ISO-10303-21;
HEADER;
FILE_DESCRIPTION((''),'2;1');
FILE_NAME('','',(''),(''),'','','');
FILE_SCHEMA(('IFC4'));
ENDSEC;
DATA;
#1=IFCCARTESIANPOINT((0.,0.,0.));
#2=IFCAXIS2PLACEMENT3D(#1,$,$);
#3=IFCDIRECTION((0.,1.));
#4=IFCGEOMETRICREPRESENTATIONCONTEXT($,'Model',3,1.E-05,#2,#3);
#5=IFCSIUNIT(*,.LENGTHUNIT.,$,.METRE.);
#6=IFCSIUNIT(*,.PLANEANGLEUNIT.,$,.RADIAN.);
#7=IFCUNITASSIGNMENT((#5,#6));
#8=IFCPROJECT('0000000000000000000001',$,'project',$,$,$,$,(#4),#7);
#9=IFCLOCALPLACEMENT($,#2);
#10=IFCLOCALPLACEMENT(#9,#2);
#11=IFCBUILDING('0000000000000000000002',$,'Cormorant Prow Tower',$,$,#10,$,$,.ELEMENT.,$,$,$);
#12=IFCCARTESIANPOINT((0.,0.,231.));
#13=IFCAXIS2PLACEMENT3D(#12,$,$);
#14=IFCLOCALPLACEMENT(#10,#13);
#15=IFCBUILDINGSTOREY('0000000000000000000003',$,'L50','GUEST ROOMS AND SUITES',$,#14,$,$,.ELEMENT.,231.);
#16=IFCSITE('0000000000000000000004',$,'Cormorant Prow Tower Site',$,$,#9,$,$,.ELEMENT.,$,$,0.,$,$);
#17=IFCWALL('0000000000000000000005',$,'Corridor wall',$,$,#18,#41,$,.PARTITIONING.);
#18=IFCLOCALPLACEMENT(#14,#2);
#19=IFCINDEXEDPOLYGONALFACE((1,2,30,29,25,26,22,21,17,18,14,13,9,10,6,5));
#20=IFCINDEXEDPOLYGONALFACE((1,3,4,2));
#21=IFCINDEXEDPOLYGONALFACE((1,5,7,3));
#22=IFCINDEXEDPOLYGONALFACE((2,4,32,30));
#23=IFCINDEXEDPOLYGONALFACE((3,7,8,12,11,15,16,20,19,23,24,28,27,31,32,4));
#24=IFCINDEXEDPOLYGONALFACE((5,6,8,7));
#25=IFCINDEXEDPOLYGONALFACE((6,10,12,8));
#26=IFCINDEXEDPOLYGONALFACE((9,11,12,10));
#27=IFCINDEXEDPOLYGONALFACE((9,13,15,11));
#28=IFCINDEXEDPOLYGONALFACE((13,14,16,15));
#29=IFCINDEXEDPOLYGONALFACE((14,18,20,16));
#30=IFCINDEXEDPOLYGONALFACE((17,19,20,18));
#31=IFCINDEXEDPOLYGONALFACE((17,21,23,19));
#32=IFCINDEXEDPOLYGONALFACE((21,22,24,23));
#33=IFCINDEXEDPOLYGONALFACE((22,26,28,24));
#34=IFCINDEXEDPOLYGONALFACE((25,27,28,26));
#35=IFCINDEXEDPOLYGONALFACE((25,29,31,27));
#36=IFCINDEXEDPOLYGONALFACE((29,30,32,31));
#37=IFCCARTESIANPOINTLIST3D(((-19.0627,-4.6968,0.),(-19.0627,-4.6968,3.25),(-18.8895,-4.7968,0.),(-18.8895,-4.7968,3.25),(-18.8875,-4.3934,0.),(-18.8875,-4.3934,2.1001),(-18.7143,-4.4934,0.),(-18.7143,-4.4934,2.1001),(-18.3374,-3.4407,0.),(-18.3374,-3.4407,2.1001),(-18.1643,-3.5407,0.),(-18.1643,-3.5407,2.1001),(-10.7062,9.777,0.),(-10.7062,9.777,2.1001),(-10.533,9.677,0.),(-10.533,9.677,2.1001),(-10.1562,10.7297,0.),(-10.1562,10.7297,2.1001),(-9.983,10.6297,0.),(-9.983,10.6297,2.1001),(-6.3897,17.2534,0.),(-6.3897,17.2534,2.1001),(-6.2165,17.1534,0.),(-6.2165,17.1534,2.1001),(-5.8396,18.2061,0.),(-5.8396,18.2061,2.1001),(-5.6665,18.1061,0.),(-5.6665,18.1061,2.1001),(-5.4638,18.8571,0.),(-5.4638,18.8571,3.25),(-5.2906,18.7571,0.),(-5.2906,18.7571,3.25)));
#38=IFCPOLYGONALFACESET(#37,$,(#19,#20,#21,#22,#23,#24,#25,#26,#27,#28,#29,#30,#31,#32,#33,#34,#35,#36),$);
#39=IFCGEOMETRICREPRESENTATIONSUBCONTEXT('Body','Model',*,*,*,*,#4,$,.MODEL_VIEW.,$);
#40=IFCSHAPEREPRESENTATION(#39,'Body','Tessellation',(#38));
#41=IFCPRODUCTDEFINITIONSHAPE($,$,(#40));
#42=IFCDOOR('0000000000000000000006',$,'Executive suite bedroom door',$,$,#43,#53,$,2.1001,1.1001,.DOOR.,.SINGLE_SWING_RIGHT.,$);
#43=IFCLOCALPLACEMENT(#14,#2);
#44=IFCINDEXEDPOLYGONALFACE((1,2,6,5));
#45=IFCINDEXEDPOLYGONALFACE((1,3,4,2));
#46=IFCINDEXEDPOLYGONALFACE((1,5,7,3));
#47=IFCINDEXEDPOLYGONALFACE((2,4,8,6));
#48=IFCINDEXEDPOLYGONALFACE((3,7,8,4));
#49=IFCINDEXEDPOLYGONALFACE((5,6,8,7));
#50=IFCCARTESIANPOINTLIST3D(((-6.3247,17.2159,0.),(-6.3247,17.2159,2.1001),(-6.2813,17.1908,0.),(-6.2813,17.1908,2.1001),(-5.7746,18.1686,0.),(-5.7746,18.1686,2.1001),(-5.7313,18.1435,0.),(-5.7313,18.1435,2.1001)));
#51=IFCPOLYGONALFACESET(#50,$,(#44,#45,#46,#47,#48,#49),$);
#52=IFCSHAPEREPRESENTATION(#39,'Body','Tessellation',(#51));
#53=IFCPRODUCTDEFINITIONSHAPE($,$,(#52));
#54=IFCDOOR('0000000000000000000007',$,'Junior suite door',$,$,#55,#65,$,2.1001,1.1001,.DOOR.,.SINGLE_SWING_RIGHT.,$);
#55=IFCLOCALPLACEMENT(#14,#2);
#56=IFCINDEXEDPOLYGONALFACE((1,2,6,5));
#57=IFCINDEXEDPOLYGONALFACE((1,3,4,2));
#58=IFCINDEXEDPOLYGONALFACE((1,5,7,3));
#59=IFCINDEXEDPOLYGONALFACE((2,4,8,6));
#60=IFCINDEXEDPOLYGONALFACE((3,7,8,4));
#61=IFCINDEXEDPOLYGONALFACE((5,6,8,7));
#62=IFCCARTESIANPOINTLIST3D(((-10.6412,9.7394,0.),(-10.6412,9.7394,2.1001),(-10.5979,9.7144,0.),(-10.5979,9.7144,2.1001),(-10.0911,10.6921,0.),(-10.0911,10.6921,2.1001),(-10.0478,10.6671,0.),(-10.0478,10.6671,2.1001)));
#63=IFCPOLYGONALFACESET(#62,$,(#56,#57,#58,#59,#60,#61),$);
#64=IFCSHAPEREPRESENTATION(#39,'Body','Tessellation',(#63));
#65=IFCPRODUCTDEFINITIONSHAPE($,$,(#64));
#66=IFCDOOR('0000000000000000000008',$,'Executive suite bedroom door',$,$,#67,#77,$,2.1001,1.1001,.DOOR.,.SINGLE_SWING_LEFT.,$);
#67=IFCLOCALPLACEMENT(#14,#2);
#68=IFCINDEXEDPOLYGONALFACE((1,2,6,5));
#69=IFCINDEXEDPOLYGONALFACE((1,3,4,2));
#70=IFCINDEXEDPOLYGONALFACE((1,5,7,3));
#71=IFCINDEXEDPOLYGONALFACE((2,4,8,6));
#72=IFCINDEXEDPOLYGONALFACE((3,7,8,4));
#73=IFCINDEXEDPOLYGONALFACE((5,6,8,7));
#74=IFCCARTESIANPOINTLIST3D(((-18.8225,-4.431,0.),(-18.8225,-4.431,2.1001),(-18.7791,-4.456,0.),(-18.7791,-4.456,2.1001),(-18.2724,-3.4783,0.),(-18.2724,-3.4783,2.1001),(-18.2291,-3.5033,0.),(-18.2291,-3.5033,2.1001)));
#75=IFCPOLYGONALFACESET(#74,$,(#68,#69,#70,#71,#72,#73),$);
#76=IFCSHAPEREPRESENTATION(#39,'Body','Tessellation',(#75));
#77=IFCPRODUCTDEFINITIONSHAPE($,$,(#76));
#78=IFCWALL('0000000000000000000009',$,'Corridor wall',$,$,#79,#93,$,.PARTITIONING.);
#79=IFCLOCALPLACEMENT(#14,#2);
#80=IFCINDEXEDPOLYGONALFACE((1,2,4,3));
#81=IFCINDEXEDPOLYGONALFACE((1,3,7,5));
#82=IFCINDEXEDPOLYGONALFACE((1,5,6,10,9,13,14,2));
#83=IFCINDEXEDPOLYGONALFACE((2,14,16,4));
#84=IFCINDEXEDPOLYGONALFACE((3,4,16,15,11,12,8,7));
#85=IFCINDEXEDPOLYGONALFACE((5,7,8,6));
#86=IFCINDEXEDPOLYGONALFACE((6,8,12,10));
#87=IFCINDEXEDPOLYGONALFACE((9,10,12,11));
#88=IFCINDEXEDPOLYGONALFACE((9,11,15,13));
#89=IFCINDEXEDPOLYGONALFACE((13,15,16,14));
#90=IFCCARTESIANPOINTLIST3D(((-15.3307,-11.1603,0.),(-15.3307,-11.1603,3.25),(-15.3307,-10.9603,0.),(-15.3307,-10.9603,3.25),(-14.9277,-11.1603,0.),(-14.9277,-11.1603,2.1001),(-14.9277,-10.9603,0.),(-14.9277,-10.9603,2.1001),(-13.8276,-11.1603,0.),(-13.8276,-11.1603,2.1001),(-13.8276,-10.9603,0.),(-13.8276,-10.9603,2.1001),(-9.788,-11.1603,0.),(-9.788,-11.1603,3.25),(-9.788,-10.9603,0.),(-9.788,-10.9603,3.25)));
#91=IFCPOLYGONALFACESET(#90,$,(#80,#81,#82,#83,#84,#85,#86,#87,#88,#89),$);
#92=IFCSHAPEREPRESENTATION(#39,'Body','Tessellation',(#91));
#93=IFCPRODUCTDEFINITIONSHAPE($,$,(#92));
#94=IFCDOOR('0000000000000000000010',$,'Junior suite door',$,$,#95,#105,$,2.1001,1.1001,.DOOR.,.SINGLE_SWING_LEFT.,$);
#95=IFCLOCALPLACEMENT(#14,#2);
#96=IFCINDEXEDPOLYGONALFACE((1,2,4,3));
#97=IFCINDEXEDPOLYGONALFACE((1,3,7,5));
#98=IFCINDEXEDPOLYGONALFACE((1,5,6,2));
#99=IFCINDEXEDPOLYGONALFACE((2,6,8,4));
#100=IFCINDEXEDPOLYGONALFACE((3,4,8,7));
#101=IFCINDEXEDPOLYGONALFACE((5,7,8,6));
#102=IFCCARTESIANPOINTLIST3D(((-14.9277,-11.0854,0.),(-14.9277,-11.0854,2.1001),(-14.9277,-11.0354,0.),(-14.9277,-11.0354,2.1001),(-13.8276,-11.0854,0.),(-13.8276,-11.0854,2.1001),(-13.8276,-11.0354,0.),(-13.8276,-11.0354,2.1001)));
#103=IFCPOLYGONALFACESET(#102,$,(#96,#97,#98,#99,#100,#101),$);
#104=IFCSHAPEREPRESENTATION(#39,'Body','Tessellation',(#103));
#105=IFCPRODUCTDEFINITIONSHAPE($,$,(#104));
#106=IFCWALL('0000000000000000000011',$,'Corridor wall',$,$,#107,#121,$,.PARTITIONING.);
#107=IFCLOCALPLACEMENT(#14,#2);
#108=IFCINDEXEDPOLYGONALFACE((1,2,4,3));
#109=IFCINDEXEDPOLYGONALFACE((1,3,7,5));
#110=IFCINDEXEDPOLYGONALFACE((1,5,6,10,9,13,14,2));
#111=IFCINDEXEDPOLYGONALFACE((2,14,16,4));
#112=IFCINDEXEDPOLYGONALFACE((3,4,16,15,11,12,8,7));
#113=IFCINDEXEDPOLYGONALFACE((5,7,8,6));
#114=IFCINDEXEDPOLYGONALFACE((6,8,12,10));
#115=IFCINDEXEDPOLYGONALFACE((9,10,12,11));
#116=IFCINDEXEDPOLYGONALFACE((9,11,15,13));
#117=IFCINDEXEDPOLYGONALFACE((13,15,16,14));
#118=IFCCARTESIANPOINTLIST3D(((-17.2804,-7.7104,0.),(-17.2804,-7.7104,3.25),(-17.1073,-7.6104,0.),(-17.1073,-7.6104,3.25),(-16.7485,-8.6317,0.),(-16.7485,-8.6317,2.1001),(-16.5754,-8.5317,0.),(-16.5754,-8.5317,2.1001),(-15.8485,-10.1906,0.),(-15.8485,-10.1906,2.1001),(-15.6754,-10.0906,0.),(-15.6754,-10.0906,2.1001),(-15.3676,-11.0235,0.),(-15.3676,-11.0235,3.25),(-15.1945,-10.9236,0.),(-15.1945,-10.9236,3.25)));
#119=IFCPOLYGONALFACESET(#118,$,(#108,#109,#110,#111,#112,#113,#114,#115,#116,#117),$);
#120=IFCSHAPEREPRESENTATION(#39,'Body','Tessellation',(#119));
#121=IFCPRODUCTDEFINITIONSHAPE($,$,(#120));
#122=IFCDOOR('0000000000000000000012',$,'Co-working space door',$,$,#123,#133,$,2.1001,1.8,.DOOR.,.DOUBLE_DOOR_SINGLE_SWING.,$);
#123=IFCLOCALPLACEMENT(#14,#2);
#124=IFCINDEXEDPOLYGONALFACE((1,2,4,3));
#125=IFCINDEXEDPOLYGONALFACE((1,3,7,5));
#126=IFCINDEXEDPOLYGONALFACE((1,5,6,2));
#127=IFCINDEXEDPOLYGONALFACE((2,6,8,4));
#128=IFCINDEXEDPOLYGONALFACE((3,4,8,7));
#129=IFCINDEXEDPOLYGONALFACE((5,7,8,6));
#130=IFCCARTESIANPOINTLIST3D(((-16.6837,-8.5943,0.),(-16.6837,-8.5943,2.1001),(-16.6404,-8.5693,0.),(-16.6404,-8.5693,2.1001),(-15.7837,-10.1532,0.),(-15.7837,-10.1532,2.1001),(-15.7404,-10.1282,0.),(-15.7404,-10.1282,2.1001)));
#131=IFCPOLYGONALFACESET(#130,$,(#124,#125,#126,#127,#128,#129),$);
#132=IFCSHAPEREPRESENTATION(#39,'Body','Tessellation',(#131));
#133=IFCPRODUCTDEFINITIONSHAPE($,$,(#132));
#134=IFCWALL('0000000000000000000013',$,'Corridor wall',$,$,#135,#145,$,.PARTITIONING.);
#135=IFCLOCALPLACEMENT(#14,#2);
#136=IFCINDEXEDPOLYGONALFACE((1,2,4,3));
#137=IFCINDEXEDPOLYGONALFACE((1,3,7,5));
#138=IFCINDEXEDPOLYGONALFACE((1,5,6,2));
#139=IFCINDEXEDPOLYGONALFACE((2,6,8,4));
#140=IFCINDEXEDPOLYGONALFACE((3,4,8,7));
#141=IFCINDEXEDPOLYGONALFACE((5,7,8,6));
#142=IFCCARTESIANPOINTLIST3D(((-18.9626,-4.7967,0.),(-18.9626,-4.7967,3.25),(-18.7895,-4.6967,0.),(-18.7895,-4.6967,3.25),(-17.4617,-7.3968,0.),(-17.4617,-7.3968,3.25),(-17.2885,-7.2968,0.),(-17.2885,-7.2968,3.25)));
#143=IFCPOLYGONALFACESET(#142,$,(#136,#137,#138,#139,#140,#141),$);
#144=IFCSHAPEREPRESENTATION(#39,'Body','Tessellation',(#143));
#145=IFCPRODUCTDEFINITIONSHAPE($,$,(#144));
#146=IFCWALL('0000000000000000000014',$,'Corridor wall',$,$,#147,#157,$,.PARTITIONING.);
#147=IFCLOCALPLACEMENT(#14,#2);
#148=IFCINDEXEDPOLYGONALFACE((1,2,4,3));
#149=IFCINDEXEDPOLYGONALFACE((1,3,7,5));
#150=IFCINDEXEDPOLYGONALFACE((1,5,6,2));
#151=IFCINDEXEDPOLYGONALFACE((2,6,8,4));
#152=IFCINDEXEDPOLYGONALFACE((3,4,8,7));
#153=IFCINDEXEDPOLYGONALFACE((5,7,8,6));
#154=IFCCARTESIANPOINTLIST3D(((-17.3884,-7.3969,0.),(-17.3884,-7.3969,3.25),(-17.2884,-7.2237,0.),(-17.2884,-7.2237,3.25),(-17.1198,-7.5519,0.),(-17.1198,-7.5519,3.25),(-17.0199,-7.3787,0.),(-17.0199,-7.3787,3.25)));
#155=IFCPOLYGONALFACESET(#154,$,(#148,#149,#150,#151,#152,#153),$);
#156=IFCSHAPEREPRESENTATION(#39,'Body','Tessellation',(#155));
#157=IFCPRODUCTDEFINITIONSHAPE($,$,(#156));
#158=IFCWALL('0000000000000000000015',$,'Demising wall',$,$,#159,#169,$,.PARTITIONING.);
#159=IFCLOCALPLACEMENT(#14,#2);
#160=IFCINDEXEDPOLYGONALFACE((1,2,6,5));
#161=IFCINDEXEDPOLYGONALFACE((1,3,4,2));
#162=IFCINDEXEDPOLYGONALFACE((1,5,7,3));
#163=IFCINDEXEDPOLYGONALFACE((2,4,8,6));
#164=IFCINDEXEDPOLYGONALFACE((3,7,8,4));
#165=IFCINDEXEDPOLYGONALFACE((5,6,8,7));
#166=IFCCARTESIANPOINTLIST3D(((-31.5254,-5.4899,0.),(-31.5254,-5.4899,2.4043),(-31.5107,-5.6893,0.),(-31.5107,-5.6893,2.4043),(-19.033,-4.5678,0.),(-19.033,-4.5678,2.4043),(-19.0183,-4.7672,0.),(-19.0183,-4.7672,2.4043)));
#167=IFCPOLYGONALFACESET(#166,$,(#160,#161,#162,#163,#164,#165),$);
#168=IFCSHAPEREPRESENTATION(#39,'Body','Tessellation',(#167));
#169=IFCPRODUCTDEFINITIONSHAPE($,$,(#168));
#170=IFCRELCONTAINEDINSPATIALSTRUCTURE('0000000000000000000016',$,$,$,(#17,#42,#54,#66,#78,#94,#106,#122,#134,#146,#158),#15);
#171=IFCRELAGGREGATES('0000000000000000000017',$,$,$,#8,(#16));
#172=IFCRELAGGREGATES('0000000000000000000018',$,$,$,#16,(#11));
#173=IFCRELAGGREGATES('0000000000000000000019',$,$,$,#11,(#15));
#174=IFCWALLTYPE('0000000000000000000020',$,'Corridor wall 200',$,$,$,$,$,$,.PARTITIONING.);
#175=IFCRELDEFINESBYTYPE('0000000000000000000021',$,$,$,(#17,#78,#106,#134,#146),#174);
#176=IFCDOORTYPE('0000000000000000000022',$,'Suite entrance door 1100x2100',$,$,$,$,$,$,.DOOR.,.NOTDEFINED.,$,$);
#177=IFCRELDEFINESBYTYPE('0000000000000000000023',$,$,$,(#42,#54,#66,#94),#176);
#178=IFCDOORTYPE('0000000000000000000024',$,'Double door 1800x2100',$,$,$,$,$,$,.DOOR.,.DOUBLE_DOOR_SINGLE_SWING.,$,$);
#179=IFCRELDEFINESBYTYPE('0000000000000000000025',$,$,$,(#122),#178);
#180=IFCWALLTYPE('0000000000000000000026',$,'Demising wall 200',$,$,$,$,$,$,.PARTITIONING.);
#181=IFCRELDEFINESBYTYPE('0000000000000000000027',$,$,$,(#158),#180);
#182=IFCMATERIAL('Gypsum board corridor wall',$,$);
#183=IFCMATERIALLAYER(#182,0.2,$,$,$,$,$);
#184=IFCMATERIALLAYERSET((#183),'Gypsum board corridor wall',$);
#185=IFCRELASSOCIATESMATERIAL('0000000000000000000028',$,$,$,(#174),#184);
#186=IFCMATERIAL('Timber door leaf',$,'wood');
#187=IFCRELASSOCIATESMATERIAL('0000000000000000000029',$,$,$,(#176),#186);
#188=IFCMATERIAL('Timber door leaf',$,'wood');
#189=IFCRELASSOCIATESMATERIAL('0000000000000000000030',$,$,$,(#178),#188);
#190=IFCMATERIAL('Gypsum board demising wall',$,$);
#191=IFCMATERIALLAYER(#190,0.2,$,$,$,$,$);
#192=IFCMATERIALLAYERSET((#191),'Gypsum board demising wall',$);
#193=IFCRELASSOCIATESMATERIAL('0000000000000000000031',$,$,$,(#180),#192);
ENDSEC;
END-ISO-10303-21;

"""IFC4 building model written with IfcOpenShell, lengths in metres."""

from ifc_helpers import new_model, si_unit, direction, frame, frame_2d, origin, place, context, subcontext, project, spatial, rectangle, extrude, material, layer, layer_set, type_object, element, fill, save


model = new_model("IFC4")

# Units and contexts
model_context = context("Model", 3, precision=1e-05, world=origin(), true_north=direction((0.0, 1.0)))
body_context = subcontext(model_context, "Body", "Model", "MODEL_VIEW")
ifc_project = project(units=[si_unit("LENGTHUNIT", "METRE"), si_unit("PLANEANGLEUNIT", "RADIAN")], contexts=[model_context])

# Site, building, storey
site_placement = place(None, origin())
site = spatial("IfcSite", under=ifc_project, at=site_placement, Name="Cormorant Prow Tower Site", CompositionType="ELEMENT", RefElevation=0.0)
building_placement = place(site_placement, origin())
building = spatial("IfcBuilding", under=site, at=building_placement, Name="Cormorant Prow Tower", CompositionType="ELEMENT")
storey_placement = place(building_placement, frame((0.0, 0.0, 231.0)))
storey = spatial("IfcBuildingStorey", under=building, at=storey_placement, Name="L50", Description="GUEST ROOMS AND SUITES", CompositionType="ELEMENT", Elevation=231.0)

# Wall, openings, doors
ifc_material_1 = material(Name="Gypsum board corridor wall")
ifc_layer_1 = layer(ifc_material_1, 0.2)
ifc_layer_set_1 = layer_set([ifc_layer_1], Name="Gypsum board corridor wall")
wall_type_1 = type_object("IfcWallType", Name="Corridor wall 200", PredefinedType="PARTITIONING", material=ifc_layer_set_1)
wall_1_placement = place(storey_placement, frame((-18.9761, -4.7468, 0.0), z_axis=(0.0, 0.0, 1.0), x_axis=(0.5, 0.866025, 0.0)))
wall_1 = element("IfcWall", 1, at=wall_1_placement, inside=storey, type_object=wall_type_1, Name="Corridor wall", PredefinedType="PARTITIONING", context=body_context, shape_type="SweptSolid", body=[
    extrude(rectangle(XDim=27.1978, YDim=0.2, at=frame_2d((13.5989, 0.0))), origin(), (0.0, 0.0, 1.0), 3.25),
])
opening_1_placement = place(wall_1_placement, frame((25.3459, 0.0, 0.0)))
opening_1 = element("IfcOpeningElement", 2, at=opening_1_placement, cuts=wall_1, PredefinedType="OPENING", context=body_context, shape_type="SweptSolid", body=[
    extrude(rectangle(XDim=1.1001, YDim=2.1001, at=frame_2d((0.55, 1.05))), frame((0.0, 0.1099, 0.0), z_axis=(0.0, -1.0, 0.0), x_axis=(1.0, 0.0, 0.0)), (0.0, 0.0, 1.0), 0.22),
])
opening_2_placement = place(wall_1_placement, frame((16.7129, 0.0, 0.0)))
opening_2 = element("IfcOpeningElement", 3, at=opening_2_placement, cuts=wall_1, PredefinedType="OPENING", context=body_context, shape_type="SweptSolid", body=[
    extrude(rectangle(XDim=1.1001, YDim=2.1001, at=frame_2d((0.55, 1.05))), frame((0.0, 0.1099, 0.0), z_axis=(0.0, -1.0, 0.0), x_axis=(1.0, 0.0, 0.0)), (0.0, 0.0, 1.0), 0.22),
])
opening_3_placement = place(wall_1_placement, frame((0.3503, 0.0, 0.0)))
opening_3 = element("IfcOpeningElement", 4, at=opening_3_placement, cuts=wall_1, PredefinedType="OPENING", context=body_context, shape_type="SweptSolid", body=[
    extrude(rectangle(XDim=1.1001, YDim=2.1001, at=frame_2d((0.55, 1.05))), frame((0.0, 0.1099, 0.0), z_axis=(0.0, -1.0, 0.0), x_axis=(1.0, 0.0, 0.0)), (0.0, 0.0, 1.0), 0.22),
])
ifc_material_2 = material(Name="Timber door leaf", Category="wood")
door_type_1 = type_object("IfcDoorType", Name="Suite entrance door 1100x2100", OperationType="NOTDEFINED", PredefinedType="DOOR", material=ifc_material_2)
door_1_placement = place(opening_1_placement, origin())
door_1 = element("IfcDoor", 5, at=door_1_placement, inside=storey, type_object=door_type_1, Name="Executive suite bedroom door", OperationType="SINGLE_SWING_RIGHT", OverallHeight=2.1001, OverallWidth=1.1001, PredefinedType="DOOR", context=body_context, shape_type="SweptSolid", body=[
    extrude(rectangle(XDim=1.1001, YDim=2.1001, at=frame_2d((0.55, 1.05))), frame((0.0, 0.0249, 0.0), z_axis=(0.0, -1.0, 0.0), x_axis=(1.0, 0.0, 0.0)), (0.0, 0.0, 1.0), 0.05),
])
fill(opening_1, door_1)
door_2_placement = place(opening_2_placement, origin())
door_2 = element("IfcDoor", 6, at=door_2_placement, inside=storey, type_object=door_type_1, Name="Junior suite door", OperationType="SINGLE_SWING_RIGHT", OverallHeight=2.1001, OverallWidth=1.1001, PredefinedType="DOOR", context=body_context, shape_type="SweptSolid", body=[
    extrude(rectangle(XDim=1.1001, YDim=2.1001, at=frame_2d((0.55, 1.05))), frame((0.0, 0.0249, 0.0), z_axis=(0.0, -1.0, 0.0), x_axis=(1.0, 0.0, 0.0)), (0.0, 0.0, 1.0), 0.05),
])
fill(opening_2, door_2)
door_3_placement = place(opening_3_placement, origin())
door_3 = element("IfcDoor", 7, at=door_3_placement, inside=storey, type_object=door_type_1, Name="Executive suite bedroom door", OperationType="SINGLE_SWING_LEFT", OverallHeight=2.1001, OverallWidth=1.1001, PredefinedType="DOOR", context=body_context, shape_type="SweptSolid", body=[
    extrude(rectangle(XDim=1.1001, YDim=2.1001, at=frame_2d((0.55, 1.05))), frame((0.0, 0.0249, 0.0), z_axis=(0.0, -1.0, 0.0), x_axis=(1.0, 0.0, 0.0)), (0.0, 0.0, 1.0), 0.05),
])
fill(opening_3, door_3)

# Walls, openings, doors
wall_2_placement = place(storey_placement, frame((-15.3308, -11.0603, 0.0), z_axis=(0.0, 0.0, 1.0), x_axis=(1.0, 0.0, 0.0)))
wall_2 = element("IfcWall", 8, at=wall_2_placement, inside=storey, type_object=wall_type_1, Name="Corridor wall", PredefinedType="PARTITIONING", context=body_context, shape_type="SweptSolid", body=[
    extrude(rectangle(XDim=5.5427, YDim=0.2, at=frame_2d((2.7715, 0.0))), origin(), (0.0, 0.0, 1.0), 3.25),
])
opening_4_placement = place(wall_2_placement, frame((0.4031, 0.0, 0.0)))
opening_4 = element("IfcOpeningElement", 9, at=opening_4_placement, cuts=wall_2, PredefinedType="OPENING", context=body_context, shape_type="SweptSolid", body=[
    extrude(rectangle(XDim=1.1001, YDim=2.1001, at=frame_2d((0.55, 1.05))), frame((0.0, 0.1099, 0.0), z_axis=(0.0, -1.0, 0.0), x_axis=(1.0, 0.0, 0.0)), (0.0, 0.0, 1.0), 0.22),
])
door_4_placement = place(opening_4_placement, origin())
door_4 = element("IfcDoor", 10, at=door_4_placement, inside=storey, type_object=door_type_1, Name="Junior suite door", OperationType="SINGLE_SWING_LEFT", OverallHeight=2.1001, OverallWidth=1.1001, PredefinedType="DOOR", context=body_context, shape_type="SweptSolid", body=[
    extrude(rectangle(XDim=1.1001, YDim=2.1001, at=frame_2d((0.55, 1.05))), frame((0.0, 0.0249, 0.0), z_axis=(0.0, -1.0, 0.0), x_axis=(1.0, 0.0, 0.0)), (0.0, 0.0, 1.0), 0.05),
])
fill(opening_4, door_4)
wall_3_placement = place(storey_placement, frame((-17.1938, -7.6604, 0.0), z_axis=(0.0, 0.0, 1.0), x_axis=(0.499989, -0.866031, 0.0)))
wall_3 = element("IfcWall", 11, at=wall_3_placement, inside=storey, type_object=wall_type_1, Name="Corridor wall", PredefinedType="PARTITIONING", context=body_context, shape_type="SweptSolid", body=[
    extrude(rectangle(XDim=3.8257, YDim=0.2, at=frame_2d((1.9128, 0.0))), origin(), (0.0, 0.0, 1.0), 3.25),
])
opening_5_placement = place(wall_3_placement, frame((1.064, 0.0, 0.0)))
opening_5 = element("IfcOpeningElement", 12, at=opening_5_placement, cuts=wall_3, PredefinedType="OPENING", context=body_context, shape_type="SweptSolid", body=[
    extrude(rectangle(XDim=1.8, YDim=2.1001, at=frame_2d((0.8999, 1.05))), frame((0.0, 0.1099, 0.0), z_axis=(0.0, -1.0, 0.0), x_axis=(1.0, 0.0, 0.0)), (0.0, 0.0, 1.0), 0.22),
])
ifc_material_3 = material(Name="Timber door leaf", Category="wood")
door_type_2 = type_object("IfcDoorType", Name="Double door 1800x2100", OperationType="DOUBLE_DOOR_SINGLE_SWING", PredefinedType="DOOR", material=ifc_material_3)
door_5_placement = place(opening_5_placement, origin())
door_5 = element("IfcDoor", 13, at=door_5_placement, inside=storey, type_object=door_type_2, Name="Co-working space door", OperationType="DOUBLE_DOOR_SINGLE_SWING", OverallHeight=2.1001, OverallWidth=1.8, PredefinedType="DOOR", context=body_context, shape_type="SweptSolid", body=[
    extrude(rectangle(XDim=1.8, YDim=2.1001, at=frame_2d((0.8999, 1.05))), frame((0.0, 0.0249, 0.0), z_axis=(0.0, -1.0, 0.0), x_axis=(1.0, 0.0, 0.0)), (0.0, 0.0, 1.0), 0.05),
])
fill(opening_5, door_5)

# Walls
wall_4_placement = place(storey_placement, frame((-18.876, -4.7468, 0.0), z_axis=(0.0, 0.0, 1.0), x_axis=(0.499952, -0.866053, 0.0)))
element("IfcWall", 14, at=wall_4_placement, inside=storey, type_object=wall_type_1, Name="Corridor wall", PredefinedType="PARTITIONING", context=body_context, shape_type="SweptSolid", body=[
    extrude(rectangle(XDim=3.0022, YDim=0.2, at=frame_2d((1.501, 0.0))), origin(), (0.0, 0.0, 1.0), 3.25),
])
wall_5_placement = place(storey_placement, frame((-17.3384, -7.3103, 0.0), z_axis=(0.0, 0.0, 1.0), x_axis=(0.866054, -0.49995, 0.0)))
element("IfcWall", 15, at=wall_5_placement, inside=storey, type_object=wall_type_1, Name="Corridor wall", PredefinedType="PARTITIONING", context=body_context, shape_type="SweptSolid", body=[
    extrude(rectangle(XDim=0.3101, YDim=0.2, at=frame_2d((0.155, 0.0))), origin(), (0.0, 0.0, 1.0), 3.25),
])
ifc_material_4 = material(Name="Gypsum board demising wall")
ifc_layer_2 = layer(ifc_material_4, 0.2)
ifc_layer_set_2 = layer_set([ifc_layer_2], Name="Gypsum board demising wall")
wall_type_2 = type_object("IfcWallType", Name="Demising wall 200", PredefinedType="PARTITIONING", material=ifc_layer_set_2)
wall_6_placement = place(storey_placement, frame((-31.5181, -5.5896, 0.0), z_axis=(0.0, 0.0, 1.0), x_axis=(0.997287, 0.073614, 0.0)))
element("IfcWall", 16, at=wall_6_placement, inside=storey, type_object=wall_type_2, Name="Demising wall", PredefinedType="PARTITIONING", context=body_context, shape_type="SweptSolid", body=[
    extrude(rectangle(XDim=12.5264, YDim=0.2, at=frame_2d((6.2632, 0.0))), origin(), (0.0, 0.0, 1.0), 2.4043),
])

save(model, "model.ifc")
